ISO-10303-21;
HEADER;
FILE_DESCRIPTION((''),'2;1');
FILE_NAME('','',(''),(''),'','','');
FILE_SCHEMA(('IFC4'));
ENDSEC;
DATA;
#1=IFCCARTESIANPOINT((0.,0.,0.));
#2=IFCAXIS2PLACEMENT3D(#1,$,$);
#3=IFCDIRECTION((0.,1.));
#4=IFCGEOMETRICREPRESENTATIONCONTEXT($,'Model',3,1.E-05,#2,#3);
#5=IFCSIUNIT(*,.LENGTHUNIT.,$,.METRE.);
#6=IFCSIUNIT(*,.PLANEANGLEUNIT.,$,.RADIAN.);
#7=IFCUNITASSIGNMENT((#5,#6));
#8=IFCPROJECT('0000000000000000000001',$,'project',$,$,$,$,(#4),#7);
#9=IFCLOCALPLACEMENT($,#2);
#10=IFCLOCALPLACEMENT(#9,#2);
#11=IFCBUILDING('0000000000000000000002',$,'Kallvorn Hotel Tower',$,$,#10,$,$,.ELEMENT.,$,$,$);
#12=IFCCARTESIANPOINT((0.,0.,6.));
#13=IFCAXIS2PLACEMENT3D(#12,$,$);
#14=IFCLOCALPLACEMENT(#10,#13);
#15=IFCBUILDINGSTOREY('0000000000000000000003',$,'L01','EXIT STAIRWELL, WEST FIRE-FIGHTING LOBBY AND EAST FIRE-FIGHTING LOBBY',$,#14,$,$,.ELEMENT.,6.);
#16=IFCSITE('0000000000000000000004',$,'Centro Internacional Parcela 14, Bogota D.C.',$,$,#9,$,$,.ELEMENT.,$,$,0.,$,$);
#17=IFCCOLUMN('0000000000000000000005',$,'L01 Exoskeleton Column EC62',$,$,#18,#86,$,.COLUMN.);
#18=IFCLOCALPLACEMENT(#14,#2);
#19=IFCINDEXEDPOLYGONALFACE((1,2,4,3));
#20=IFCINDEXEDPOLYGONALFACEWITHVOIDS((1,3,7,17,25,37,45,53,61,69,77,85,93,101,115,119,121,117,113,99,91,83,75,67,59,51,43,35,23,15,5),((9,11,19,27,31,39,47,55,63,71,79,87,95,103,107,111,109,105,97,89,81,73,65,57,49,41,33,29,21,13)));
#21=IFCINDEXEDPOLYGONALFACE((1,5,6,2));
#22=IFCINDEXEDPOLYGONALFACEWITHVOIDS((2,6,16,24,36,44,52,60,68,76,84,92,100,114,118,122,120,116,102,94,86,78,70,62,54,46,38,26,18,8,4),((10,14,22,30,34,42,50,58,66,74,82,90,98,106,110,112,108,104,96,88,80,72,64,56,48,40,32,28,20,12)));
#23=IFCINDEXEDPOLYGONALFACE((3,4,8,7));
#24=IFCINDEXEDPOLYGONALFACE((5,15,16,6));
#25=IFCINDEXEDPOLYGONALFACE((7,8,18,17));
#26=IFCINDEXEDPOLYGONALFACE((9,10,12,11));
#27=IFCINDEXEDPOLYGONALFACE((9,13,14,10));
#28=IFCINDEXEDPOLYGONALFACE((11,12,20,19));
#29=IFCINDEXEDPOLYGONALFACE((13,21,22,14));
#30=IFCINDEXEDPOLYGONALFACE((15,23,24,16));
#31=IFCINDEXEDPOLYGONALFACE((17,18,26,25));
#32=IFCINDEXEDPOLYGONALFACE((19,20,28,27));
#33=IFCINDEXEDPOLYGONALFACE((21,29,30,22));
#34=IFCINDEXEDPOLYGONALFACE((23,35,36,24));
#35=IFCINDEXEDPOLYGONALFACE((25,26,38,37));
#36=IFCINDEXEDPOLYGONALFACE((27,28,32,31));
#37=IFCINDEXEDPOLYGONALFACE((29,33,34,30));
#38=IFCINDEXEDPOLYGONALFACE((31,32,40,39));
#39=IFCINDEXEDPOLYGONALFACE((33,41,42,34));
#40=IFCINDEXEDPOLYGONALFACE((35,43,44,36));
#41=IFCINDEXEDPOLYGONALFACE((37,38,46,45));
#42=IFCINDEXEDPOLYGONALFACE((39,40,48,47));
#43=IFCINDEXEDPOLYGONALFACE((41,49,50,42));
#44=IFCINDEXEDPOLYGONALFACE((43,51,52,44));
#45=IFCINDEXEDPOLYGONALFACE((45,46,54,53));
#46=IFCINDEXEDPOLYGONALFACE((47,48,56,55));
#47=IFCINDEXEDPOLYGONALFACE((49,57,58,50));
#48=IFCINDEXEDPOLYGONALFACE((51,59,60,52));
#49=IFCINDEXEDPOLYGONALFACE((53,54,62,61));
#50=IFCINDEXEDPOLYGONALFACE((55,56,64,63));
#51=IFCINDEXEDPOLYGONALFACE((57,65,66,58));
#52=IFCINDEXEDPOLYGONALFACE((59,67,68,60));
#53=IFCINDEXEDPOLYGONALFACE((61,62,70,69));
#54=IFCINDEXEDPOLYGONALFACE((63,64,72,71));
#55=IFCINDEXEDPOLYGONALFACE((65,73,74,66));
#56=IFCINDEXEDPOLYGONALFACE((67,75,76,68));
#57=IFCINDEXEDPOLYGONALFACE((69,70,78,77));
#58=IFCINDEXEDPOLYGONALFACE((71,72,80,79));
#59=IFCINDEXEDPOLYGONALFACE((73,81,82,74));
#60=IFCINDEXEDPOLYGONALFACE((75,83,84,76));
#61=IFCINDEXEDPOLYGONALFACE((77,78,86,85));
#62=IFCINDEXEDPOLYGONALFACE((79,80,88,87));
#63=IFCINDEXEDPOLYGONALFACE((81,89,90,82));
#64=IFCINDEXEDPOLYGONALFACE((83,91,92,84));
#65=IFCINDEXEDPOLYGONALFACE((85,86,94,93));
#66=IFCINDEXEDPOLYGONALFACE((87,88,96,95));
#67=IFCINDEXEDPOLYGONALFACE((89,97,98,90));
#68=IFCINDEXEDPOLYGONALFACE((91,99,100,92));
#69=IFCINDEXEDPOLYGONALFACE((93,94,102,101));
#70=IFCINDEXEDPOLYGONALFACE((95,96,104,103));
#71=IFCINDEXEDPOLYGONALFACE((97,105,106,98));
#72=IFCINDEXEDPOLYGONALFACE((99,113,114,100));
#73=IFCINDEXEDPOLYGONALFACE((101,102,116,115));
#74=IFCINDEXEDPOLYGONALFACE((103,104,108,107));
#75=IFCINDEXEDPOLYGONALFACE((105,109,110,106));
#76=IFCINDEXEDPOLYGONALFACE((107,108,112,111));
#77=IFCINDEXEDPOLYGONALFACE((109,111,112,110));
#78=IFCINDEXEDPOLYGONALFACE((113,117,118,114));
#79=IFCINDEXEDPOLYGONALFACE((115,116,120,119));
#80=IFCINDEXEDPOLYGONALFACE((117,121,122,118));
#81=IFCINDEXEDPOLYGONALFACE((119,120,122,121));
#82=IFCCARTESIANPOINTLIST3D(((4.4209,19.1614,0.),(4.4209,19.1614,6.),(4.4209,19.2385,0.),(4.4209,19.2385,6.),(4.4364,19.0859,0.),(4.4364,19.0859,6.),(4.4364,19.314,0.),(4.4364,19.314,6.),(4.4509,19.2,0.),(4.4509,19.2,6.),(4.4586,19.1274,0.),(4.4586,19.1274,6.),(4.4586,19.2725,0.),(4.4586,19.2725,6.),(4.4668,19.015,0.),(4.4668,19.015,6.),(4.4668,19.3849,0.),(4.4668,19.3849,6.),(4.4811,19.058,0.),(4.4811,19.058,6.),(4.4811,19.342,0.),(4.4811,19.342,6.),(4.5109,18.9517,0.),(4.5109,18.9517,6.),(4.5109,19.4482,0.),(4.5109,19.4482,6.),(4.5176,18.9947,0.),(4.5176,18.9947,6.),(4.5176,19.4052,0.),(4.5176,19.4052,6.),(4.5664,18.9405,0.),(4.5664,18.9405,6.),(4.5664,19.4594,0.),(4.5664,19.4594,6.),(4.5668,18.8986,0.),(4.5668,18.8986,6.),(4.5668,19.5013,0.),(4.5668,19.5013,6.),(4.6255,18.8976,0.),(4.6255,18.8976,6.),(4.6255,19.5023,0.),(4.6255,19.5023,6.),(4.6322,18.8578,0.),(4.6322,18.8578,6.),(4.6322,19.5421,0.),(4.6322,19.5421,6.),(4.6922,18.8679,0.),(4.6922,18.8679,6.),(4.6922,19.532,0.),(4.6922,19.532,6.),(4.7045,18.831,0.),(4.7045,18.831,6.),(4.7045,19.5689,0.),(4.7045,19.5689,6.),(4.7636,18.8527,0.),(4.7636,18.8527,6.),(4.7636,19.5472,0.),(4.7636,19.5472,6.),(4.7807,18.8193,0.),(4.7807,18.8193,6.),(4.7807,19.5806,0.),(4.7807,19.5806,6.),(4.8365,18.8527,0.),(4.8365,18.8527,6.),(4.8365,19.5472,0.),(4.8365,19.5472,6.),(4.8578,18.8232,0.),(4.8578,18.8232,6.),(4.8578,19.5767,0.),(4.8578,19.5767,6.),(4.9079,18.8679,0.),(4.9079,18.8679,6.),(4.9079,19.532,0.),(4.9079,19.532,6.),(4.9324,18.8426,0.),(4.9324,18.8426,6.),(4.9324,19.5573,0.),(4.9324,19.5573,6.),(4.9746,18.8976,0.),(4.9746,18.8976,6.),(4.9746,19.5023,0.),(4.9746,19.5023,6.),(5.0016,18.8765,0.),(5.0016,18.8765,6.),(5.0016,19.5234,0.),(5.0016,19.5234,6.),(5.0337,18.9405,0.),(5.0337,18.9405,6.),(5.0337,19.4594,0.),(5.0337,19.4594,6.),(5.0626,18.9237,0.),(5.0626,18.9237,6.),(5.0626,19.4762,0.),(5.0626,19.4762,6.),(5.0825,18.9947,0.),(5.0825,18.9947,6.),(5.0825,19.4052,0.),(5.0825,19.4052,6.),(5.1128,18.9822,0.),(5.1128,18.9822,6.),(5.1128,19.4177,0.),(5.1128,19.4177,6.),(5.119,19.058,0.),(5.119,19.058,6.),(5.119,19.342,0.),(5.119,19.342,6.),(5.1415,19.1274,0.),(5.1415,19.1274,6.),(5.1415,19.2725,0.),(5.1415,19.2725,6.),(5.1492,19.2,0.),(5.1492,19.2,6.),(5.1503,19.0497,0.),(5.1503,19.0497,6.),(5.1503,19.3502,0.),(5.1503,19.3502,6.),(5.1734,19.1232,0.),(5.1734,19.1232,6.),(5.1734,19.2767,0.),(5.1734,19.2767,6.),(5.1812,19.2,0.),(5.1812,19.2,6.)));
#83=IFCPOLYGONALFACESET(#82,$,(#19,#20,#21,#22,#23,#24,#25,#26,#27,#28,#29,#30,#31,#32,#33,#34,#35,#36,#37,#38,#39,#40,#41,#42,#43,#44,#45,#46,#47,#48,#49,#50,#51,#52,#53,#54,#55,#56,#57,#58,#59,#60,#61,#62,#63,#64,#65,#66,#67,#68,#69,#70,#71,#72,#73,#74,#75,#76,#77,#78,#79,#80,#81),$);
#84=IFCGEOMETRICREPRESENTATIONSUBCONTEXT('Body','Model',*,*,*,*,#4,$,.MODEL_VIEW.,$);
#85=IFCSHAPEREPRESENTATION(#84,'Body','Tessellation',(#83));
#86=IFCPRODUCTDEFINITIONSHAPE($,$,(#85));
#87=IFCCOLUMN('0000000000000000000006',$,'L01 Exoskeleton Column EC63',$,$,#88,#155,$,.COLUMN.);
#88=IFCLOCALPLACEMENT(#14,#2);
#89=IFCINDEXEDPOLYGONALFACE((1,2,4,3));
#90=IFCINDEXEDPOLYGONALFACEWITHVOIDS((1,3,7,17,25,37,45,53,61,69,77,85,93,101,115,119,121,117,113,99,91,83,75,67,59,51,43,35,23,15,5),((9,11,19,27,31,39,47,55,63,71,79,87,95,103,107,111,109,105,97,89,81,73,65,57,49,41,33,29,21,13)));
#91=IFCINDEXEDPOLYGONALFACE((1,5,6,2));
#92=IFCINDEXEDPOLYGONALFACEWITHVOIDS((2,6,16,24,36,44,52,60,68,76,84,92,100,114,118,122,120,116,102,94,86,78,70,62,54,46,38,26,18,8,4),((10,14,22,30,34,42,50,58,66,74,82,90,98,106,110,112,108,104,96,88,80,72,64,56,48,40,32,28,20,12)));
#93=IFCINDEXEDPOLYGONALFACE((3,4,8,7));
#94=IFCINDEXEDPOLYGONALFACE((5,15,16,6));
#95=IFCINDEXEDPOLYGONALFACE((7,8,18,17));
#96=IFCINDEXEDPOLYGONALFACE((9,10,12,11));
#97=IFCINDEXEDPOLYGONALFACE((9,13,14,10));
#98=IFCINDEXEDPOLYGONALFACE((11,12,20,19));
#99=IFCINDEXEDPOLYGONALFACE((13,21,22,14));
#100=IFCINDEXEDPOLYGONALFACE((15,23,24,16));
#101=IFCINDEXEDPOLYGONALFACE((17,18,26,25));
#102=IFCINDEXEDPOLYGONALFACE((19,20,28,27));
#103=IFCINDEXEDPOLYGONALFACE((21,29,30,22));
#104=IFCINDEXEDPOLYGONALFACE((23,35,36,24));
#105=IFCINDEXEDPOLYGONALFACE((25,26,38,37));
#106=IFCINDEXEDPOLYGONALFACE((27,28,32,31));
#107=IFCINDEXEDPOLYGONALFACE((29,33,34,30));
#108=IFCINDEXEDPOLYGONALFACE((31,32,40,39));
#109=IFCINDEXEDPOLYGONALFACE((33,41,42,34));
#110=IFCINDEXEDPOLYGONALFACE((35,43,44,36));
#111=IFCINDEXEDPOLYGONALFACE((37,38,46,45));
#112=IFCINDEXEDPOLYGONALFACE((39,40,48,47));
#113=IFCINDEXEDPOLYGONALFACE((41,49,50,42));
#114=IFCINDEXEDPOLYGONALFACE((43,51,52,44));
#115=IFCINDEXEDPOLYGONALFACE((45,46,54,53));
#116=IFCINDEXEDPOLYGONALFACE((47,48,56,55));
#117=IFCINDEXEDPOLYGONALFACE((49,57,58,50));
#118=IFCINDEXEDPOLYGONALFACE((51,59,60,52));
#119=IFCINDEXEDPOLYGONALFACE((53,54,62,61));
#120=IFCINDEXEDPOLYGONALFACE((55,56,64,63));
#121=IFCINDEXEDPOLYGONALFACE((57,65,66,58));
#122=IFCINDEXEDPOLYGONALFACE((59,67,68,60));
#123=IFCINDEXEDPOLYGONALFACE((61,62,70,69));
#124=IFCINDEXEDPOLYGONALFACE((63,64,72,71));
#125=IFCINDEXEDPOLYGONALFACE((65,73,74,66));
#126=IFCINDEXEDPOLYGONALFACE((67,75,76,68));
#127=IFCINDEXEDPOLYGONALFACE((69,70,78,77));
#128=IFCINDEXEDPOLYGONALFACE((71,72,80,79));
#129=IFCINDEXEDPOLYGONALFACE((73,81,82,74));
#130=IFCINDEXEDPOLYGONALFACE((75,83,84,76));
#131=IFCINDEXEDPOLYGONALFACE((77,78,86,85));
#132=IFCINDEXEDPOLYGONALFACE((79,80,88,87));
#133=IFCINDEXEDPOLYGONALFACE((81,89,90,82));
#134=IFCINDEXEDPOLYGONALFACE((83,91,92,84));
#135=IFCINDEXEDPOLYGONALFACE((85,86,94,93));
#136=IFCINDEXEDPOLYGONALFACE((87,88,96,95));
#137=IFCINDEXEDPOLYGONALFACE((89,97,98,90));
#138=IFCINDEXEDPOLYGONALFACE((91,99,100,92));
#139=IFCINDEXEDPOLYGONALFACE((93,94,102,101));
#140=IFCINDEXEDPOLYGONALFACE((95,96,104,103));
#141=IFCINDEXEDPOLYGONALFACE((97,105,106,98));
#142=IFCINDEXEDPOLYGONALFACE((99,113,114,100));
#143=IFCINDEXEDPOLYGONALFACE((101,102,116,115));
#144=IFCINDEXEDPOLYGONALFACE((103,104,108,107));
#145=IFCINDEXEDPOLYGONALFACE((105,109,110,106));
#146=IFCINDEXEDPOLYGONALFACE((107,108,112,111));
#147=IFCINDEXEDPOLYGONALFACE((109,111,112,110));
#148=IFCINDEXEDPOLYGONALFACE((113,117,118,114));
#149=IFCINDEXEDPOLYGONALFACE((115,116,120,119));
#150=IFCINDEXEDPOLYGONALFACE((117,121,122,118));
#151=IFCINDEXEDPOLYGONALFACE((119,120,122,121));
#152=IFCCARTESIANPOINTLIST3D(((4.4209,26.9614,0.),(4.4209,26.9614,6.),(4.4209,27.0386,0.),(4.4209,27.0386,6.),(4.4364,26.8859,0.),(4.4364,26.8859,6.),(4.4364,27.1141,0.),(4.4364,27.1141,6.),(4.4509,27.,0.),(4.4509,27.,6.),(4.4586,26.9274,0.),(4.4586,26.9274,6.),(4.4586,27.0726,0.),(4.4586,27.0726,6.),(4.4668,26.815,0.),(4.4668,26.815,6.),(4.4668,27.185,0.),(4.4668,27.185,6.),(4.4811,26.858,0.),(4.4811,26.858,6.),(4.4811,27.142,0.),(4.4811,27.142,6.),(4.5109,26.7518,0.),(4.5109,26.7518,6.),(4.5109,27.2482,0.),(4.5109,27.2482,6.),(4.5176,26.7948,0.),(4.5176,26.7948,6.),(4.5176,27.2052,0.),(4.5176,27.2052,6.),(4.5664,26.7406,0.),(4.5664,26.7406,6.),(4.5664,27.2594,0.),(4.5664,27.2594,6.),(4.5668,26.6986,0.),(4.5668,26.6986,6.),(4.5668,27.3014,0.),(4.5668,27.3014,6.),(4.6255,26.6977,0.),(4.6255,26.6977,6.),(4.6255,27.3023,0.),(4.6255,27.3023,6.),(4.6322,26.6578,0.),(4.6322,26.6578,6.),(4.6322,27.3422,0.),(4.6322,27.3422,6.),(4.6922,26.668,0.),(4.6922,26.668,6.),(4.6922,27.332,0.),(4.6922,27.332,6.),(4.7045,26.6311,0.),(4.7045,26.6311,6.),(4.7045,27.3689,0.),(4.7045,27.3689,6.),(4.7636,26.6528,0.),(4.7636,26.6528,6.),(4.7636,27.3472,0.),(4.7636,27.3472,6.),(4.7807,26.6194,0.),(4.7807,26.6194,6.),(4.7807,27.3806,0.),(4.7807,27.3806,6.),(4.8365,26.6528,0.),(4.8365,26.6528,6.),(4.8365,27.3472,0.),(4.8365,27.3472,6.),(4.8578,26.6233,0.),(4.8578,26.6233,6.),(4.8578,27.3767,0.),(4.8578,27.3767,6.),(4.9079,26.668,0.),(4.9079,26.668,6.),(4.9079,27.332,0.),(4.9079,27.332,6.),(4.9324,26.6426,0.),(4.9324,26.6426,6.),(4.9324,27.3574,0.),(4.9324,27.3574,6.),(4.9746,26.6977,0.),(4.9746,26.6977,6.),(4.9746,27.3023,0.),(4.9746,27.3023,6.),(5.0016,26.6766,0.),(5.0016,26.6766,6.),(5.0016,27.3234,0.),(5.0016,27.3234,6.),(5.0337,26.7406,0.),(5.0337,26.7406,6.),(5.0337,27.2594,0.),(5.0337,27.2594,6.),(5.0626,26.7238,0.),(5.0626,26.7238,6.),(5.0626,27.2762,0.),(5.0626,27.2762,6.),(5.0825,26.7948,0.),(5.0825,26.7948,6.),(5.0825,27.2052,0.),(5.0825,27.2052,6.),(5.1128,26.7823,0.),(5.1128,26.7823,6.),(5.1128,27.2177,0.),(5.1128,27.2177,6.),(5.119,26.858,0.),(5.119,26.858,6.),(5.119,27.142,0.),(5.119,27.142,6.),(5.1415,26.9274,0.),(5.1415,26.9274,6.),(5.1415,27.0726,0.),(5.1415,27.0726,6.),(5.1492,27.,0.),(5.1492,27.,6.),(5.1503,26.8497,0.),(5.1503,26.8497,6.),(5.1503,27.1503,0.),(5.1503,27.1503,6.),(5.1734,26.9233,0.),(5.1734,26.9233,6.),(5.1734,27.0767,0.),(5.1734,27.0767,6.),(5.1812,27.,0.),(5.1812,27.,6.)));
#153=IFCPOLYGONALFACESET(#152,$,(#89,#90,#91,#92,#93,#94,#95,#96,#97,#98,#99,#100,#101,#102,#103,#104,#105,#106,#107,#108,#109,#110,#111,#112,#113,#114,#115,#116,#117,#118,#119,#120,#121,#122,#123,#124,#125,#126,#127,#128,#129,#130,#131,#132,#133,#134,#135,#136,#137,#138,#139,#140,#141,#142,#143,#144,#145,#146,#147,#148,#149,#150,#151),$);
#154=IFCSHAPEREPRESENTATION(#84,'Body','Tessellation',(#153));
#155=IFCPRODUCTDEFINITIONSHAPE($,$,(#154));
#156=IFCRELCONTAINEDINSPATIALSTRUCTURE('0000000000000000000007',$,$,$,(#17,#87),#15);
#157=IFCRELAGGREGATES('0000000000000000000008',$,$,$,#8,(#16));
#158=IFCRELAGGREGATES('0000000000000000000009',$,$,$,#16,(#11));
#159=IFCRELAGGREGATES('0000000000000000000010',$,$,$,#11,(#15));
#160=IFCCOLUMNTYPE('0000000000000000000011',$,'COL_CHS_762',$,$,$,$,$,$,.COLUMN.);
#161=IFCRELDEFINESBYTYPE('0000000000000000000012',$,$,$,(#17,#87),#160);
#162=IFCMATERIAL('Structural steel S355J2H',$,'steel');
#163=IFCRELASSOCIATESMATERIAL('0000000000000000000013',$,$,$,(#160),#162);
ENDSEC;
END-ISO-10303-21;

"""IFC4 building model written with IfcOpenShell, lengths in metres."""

from ifc_helpers import new_model, si_unit, direction, frame, origin, origin_2d, place, context, subcontext, project, spatial, hollow_circle, extrude, material, material_profile, profile_set, type_object, element, save


model = new_model("IFC4")

# Units and contexts
model_context = context("Model", 3, precision=1e-05, world=origin(), true_north=direction((0.0, 1.0)))
body_context = subcontext(model_context, "Body", "Model", "MODEL_VIEW")
ifc_project = project(units=[si_unit("LENGTHUNIT", "METRE"), si_unit("PLANEANGLEUNIT", "RADIAN")], contexts=[model_context])

# Site, building, storey
site_placement = place(None, origin())
site = spatial("IfcSite", under=ifc_project, at=site_placement, Name="Centro Internacional Parcela 14, Bogota D.C.", CompositionType="ELEMENT", RefElevation=0.0)
building_placement = place(site_placement, origin())
building = spatial("IfcBuilding", under=site, at=building_placement, Name="Kallvorn Hotel Tower", CompositionType="ELEMENT")
storey_placement = place(building_placement, frame((0.0, 0.0, 6.0)))
storey = spatial("IfcBuildingStorey", under=building, at=storey_placement, Name="L01", Description="EXIT STAIRWELL, WEST FIRE-FIGHTING LOBBY AND EAST FIRE-FIGHTING LOBBY", CompositionType="ELEMENT", Elevation=6.0)

# Columns
ifc_material_1 = material(Name="Structural steel S355J2H", Category="steel")
ifc_material_profile_1 = material_profile(ifc_material_1, hollow_circle(Radius=0.3811, WallThickness=0.032, at=origin_2d()), Name="CHS 762x32")
ifc_profile_set_1 = profile_set([ifc_material_profile_1], Name="Structural steel S355J2H")
column_type_1 = type_object("IfcColumnType", Name="COL_CHS_762", PredefinedType="COLUMN", material=ifc_profile_set_1)
for number, where, z_axis, x_axis, name in (
    (1, (4.8, 19.2, 0.0), (0.0, 0.0, 1.0), (1.0, 0.0, 0.0), "L01 Exoskeleton Column EC62"),
    (2, (4.8, 27.0, 0.0), (0.0, 0.0, 1.0), (1.0, 0.0, 0.0), "L01 Exoskeleton Column EC63"),
):
    element("IfcColumn", number, at=place(storey_placement, frame(where, z_axis=z_axis, x_axis=x_axis)), inside=storey, type_object=column_type_1, Name=name, PredefinedType="COLUMN", context=body_context, shape_type="SweptSolid", body=[
        extrude(hollow_circle(Radius=0.3811, WallThickness=0.032, at=origin_2d()), origin(), (0.0, 0.0, 1.0), 6.0),
    ])

save(model, "model.ifc")
